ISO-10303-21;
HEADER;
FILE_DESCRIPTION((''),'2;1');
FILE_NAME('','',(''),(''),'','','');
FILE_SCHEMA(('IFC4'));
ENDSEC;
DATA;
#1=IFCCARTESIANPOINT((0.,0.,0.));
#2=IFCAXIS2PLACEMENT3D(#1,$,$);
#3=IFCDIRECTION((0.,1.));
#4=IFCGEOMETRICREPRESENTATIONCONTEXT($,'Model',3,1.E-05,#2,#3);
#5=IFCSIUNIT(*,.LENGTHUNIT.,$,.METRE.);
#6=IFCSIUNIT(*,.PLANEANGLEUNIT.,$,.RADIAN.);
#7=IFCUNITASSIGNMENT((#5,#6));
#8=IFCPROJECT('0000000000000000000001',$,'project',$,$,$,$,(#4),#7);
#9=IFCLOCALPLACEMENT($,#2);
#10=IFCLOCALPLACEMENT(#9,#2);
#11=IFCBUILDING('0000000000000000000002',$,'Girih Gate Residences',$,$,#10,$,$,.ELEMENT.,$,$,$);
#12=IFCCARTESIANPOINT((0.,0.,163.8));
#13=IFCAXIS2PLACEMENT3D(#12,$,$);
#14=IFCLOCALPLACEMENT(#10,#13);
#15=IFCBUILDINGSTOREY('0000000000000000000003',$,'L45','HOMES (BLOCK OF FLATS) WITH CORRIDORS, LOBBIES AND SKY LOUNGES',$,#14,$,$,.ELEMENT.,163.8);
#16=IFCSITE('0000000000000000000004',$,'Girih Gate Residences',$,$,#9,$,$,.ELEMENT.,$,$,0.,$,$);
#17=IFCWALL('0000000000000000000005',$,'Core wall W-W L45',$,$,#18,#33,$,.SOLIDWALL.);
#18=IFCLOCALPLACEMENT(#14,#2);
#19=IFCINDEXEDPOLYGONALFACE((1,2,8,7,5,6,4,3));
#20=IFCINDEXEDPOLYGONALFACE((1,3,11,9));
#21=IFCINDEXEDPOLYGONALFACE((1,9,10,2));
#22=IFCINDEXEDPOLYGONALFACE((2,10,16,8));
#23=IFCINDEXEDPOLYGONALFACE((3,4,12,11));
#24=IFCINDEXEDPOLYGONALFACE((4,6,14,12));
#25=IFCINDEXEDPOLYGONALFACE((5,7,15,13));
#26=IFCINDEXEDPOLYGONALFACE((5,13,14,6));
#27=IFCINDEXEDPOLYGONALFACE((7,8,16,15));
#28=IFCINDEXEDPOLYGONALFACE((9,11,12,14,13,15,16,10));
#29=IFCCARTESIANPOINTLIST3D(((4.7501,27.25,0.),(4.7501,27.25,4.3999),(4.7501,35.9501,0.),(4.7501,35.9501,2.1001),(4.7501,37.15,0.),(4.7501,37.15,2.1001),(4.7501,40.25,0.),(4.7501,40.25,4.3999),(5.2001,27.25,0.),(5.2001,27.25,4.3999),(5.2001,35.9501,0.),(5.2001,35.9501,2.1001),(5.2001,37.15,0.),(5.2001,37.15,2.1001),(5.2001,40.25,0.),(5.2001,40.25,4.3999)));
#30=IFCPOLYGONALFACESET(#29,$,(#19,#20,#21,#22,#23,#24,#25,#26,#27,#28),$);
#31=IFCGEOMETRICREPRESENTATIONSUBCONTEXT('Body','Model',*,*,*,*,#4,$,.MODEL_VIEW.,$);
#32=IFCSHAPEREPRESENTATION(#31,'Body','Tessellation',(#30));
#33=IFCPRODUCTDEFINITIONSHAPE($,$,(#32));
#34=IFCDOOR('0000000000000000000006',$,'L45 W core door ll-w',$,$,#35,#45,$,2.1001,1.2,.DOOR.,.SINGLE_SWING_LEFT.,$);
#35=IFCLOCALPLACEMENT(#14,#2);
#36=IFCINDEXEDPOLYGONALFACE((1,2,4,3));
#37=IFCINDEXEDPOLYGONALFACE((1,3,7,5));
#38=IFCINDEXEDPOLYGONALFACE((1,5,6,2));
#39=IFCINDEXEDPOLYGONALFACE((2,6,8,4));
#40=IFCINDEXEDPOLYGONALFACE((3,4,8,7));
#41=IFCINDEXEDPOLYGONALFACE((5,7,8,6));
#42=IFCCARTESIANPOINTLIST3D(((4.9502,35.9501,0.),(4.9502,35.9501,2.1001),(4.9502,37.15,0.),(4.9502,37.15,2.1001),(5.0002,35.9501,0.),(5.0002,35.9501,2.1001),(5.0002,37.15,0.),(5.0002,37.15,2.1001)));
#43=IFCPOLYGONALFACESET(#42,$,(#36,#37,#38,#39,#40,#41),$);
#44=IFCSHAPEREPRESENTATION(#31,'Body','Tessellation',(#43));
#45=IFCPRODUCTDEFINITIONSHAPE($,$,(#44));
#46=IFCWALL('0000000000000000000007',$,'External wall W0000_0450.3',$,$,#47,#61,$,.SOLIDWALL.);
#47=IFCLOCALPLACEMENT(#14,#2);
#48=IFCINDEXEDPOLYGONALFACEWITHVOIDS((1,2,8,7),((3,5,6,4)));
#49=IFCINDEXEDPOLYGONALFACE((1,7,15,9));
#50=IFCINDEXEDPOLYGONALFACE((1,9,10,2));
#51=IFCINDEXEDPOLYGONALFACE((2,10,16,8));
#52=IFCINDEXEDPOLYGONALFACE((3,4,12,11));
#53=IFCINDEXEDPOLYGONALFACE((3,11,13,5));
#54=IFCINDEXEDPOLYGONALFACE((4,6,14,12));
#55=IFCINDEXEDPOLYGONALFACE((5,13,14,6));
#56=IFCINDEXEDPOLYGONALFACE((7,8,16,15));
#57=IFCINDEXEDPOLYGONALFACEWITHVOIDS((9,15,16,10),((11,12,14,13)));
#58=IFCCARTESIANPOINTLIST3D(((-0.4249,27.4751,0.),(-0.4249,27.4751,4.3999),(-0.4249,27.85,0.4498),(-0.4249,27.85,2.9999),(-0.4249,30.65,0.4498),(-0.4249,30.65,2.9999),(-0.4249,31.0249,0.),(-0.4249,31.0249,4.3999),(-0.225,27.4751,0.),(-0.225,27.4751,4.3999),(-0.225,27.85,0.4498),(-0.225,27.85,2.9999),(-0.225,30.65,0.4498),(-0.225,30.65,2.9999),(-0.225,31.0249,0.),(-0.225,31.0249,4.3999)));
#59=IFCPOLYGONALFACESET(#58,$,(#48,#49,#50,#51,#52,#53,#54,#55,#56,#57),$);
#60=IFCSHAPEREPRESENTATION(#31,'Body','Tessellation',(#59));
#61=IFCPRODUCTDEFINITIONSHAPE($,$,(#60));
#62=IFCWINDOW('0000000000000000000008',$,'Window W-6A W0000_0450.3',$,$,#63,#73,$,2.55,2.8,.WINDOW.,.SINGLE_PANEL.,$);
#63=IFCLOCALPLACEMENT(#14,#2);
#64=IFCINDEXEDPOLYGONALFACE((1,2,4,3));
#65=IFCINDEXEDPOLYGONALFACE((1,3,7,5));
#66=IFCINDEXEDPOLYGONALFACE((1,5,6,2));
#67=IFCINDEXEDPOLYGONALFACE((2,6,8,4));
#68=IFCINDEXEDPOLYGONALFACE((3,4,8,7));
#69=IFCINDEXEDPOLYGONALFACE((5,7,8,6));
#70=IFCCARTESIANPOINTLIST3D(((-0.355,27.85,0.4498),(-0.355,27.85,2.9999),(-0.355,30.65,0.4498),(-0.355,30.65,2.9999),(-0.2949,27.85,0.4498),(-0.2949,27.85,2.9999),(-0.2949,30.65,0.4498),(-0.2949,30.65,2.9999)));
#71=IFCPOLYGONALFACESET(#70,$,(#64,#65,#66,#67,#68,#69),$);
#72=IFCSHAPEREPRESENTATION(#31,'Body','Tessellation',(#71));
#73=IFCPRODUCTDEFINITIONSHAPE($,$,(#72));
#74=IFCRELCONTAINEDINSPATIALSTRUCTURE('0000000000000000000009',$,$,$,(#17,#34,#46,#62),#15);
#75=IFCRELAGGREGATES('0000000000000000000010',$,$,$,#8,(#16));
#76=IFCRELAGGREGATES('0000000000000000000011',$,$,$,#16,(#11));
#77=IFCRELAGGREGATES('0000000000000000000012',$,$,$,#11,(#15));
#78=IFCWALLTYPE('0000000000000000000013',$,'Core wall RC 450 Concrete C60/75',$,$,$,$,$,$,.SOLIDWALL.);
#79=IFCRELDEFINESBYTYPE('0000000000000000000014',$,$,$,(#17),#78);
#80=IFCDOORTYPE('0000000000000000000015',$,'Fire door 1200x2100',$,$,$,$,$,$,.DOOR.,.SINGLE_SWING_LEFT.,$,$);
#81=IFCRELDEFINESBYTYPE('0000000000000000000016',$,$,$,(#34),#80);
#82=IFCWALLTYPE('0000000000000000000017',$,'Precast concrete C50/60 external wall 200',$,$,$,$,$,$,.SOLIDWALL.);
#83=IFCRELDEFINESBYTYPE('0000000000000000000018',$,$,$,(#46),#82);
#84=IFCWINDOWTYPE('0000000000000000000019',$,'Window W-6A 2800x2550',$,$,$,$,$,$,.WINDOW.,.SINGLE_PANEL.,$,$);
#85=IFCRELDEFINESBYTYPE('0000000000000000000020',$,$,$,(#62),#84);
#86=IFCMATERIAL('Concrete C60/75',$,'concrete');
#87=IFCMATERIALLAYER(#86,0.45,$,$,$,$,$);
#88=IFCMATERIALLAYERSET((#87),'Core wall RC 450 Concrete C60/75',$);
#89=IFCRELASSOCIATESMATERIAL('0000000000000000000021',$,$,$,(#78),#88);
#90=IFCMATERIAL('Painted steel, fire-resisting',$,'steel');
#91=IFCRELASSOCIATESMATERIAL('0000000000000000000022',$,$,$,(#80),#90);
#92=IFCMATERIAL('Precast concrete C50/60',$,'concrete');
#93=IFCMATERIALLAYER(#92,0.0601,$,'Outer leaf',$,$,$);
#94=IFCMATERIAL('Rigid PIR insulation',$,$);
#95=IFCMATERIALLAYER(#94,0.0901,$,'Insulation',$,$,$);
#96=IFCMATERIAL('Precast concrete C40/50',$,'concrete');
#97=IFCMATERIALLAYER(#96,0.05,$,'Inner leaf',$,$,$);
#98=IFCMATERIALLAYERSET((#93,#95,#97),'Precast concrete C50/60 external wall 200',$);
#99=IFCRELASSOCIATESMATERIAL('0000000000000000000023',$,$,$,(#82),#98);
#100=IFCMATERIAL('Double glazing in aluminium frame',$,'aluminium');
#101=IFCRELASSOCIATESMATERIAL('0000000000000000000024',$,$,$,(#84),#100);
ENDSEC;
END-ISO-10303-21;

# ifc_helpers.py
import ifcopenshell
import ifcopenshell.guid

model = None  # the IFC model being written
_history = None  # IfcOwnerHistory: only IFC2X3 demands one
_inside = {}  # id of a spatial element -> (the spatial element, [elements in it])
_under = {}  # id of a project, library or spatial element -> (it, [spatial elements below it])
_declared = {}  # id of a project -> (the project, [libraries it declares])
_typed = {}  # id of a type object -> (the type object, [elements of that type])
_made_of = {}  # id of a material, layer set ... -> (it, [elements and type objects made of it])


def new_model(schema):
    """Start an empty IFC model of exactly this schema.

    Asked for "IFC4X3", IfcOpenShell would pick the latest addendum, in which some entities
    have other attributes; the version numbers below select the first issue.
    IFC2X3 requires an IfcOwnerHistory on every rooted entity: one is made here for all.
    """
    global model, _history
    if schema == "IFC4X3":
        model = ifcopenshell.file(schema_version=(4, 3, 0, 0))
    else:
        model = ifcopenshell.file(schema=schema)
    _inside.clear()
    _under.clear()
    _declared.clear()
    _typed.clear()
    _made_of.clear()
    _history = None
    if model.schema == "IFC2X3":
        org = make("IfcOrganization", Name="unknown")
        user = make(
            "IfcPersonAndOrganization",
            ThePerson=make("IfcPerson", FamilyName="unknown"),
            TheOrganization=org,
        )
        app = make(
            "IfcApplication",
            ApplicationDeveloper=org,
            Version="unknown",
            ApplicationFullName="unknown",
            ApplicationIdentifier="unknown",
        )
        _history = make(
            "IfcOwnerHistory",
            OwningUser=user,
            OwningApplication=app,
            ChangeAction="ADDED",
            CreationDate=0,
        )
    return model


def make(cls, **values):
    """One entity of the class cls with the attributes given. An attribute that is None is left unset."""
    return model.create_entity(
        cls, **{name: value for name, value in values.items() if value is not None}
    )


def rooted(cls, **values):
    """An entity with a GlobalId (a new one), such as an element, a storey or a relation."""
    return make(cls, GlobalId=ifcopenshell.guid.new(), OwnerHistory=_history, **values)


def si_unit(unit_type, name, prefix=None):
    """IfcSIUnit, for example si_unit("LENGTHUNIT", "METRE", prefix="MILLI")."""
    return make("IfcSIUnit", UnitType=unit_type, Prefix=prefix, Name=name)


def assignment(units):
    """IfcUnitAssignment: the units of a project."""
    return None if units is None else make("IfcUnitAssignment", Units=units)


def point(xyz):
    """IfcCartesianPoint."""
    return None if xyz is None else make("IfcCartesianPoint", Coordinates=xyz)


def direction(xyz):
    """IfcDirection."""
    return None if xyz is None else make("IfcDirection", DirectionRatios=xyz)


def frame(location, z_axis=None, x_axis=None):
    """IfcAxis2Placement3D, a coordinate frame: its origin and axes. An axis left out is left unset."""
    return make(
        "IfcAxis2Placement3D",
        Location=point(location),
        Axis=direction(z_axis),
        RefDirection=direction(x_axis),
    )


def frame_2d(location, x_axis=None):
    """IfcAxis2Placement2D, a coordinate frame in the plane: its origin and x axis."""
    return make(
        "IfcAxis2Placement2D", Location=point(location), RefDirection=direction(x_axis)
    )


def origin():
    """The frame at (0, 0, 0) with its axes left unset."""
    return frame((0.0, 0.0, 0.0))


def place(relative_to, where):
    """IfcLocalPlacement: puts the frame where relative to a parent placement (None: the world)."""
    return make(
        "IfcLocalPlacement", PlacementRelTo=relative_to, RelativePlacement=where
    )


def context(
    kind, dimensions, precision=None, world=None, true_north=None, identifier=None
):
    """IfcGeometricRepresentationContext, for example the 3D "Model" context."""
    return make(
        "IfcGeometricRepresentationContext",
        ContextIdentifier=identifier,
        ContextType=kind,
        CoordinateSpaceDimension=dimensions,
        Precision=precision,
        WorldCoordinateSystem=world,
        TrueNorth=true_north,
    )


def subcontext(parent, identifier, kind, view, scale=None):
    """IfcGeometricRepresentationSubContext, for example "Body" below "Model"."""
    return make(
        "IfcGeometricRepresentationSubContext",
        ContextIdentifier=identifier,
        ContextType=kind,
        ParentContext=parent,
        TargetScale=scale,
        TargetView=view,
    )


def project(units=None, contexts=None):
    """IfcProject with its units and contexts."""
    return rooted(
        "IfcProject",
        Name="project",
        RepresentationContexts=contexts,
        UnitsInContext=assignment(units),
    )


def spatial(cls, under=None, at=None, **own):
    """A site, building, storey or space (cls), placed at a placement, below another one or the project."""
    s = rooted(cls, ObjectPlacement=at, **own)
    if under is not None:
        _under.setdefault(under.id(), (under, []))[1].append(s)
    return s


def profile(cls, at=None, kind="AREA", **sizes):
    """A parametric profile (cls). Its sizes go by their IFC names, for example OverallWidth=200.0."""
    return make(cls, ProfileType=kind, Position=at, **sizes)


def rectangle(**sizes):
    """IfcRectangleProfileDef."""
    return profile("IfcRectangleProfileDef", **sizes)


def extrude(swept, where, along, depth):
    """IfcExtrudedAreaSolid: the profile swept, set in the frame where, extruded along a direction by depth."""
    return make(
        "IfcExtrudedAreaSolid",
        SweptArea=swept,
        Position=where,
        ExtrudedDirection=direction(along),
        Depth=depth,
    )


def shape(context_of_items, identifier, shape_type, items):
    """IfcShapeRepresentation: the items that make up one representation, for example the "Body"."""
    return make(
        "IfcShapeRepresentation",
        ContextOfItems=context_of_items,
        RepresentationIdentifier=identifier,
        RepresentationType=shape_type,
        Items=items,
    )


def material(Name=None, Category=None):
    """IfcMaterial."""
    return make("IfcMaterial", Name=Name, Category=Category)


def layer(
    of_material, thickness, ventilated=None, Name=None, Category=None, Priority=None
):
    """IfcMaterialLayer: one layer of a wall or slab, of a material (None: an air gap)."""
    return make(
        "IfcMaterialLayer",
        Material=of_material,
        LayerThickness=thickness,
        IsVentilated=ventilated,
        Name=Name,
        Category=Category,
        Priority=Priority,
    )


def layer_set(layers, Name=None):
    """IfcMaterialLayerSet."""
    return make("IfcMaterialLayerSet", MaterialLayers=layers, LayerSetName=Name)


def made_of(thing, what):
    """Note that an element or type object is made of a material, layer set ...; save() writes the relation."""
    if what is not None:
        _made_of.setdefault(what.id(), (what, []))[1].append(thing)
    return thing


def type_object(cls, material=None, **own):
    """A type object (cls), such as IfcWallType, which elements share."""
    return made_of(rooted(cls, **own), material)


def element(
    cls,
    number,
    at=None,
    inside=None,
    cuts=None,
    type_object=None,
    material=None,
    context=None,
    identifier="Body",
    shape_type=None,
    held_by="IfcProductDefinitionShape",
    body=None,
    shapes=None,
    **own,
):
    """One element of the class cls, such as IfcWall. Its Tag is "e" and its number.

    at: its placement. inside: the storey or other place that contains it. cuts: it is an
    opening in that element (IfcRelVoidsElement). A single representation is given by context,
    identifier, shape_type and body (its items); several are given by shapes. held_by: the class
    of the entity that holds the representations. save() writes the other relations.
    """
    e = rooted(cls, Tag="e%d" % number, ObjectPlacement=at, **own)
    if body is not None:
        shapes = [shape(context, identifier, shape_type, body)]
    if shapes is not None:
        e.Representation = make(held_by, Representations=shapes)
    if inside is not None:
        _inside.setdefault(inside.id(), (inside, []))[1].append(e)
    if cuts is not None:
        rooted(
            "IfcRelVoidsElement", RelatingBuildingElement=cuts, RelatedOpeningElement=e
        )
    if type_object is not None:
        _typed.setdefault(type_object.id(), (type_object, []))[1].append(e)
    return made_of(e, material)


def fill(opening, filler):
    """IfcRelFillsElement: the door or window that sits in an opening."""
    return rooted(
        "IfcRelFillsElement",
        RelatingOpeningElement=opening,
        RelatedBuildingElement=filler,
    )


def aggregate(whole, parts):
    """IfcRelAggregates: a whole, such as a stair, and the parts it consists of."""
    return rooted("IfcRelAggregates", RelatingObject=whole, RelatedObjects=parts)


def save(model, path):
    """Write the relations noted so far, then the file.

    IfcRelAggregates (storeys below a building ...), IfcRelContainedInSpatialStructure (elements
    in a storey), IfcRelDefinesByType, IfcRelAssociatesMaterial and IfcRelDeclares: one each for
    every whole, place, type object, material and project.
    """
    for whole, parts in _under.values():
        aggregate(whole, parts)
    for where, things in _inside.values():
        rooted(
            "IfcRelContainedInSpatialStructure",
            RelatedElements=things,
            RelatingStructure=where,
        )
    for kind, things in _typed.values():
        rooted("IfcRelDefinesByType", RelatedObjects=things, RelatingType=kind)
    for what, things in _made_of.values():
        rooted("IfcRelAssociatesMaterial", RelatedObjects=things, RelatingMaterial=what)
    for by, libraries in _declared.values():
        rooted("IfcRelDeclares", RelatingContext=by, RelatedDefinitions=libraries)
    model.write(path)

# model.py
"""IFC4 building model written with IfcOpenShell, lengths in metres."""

from ifc_helpers import new_model, si_unit, direction, frame, frame_2d, origin, place, context, subcontext, project, spatial, rectangle, extrude, material, layer, layer_set, type_object, element, fill, save


model = new_model("IFC4")

# Units and contexts
model_context = context("Model", 3, precision=1e-05, world=origin(), true_north=direction((0.0, 1.0)))
body_context = subcontext(model_context, "Body", "Model", "MODEL_VIEW")
ifc_project = project(units=[si_unit("LENGTHUNIT", "METRE"), si_unit("PLANEANGLEUNIT", "RADIAN")], contexts=[model_context])

# Site, building, storey
site_placement = place(None, origin())
site = spatial("IfcSite", under=ifc_project, at=site_placement, Name="Girih Gate Residences", CompositionType="ELEMENT", RefElevation=0.0)
building_placement = place(site_placement, origin())
building = spatial("IfcBuilding", under=site, at=building_placement, Name="Girih Gate Residences", CompositionType="ELEMENT")
storey_placement = place(building_placement, frame((0.0, 0.0, 163.8)))
storey = spatial("IfcBuildingStorey", under=building, at=storey_placement, Name="L45", Description="HOMES (BLOCK OF FLATS) WITH CORRIDORS, LOBBIES AND SKY LOUNGES", CompositionType="ELEMENT", Elevation=163.8)

# Shared definitions
ifc_material_1 = material(Name="Concrete C60/75", Category="concrete")

# Shared definitions
ifc_layer_1 = layer(ifc_material_1, 0.45)
ifc_layer_set_1 = layer_set([ifc_layer_1], Name="Core wall RC 450 Concrete C60/75")
wall_type_1 = type_object("IfcWallType", Name="Core wall RC 450 Concrete C60/75", PredefinedType="SOLIDWALL", material=ifc_layer_set_1)
ifc_material_2 = material(Name="Painted steel, fire-resisting", Category="steel")

# Wall, opening, door
wall_1_placement = place(storey_placement, frame((4.9751, 27.25, 0.0), z_axis=(0.0, 0.0, 1.0), x_axis=(0.0, 1.0, 0.0)))
wall_1 = element("IfcWall", 1, at=wall_1_placement, inside=storey, type_object=wall_type_1, Name="Core wall W-W L45", PredefinedType="SOLIDWALL", context=body_context, shape_type="SweptSolid", body=[
    extrude(rectangle(XDim=13.0, YDim=0.45, at=frame_2d((6.5, 0.0))), origin(), (0.0, 0.0, 1.0), 4.3999),
])
opening_1_placement = place(wall_1_placement, frame((8.7, 0.0, 0.0)))
opening_1 = element("IfcOpeningElement", 2, at=opening_1_placement, cuts=wall_1, PredefinedType="OPENING", context=body_context, shape_type="SweptSolid", body=[
    extrude(rectangle(XDim=1.2, YDim=2.1001, at=frame_2d((0.6001, 1.05))), frame((0.0, 0.2349, 0.0), z_axis=(0.0, -1.0, 0.0), x_axis=(1.0, 0.0, 0.0)), (0.0, 0.0, 1.0), 0.47),
])
door_type_1 = type_object("IfcDoorType", Name="Fire door 1200x2100", OperationType="SINGLE_SWING_LEFT", PredefinedType="DOOR", material=ifc_material_2)
door_1_placement = place(opening_1_placement, origin())
door_1 = element("IfcDoor", 3, at=door_1_placement, inside=storey, type_object=door_type_1, Name="L45 W core door ll-w", OperationType="SINGLE_SWING_LEFT", OverallHeight=2.1001, OverallWidth=1.2, PredefinedType="DOOR", context=body_context, shape_type="SweptSolid", body=[
    extrude(rectangle(XDim=1.2, YDim=2.1001, at=frame_2d((0.6001, 1.05))), frame((0.0, 0.0249, 0.0), z_axis=(0.0, -1.0, 0.0), x_axis=(1.0, 0.0, 0.0)), (0.0, 0.0, 1.0), 0.05),
])
fill(opening_1, door_1)

# Wall, opening, window
ifc_material_3 = material(Name="Precast concrete C50/60", Category="concrete")
ifc_layer_2 = layer(ifc_material_3, 0.0601, Name="Outer leaf")
ifc_material_4 = material(Name="Rigid PIR insulation")
ifc_layer_3 = layer(ifc_material_4, 0.0901, Name="Insulation")
ifc_material_5 = material(Name="Precast concrete C40/50", Category="concrete")
ifc_layer_4 = layer(ifc_material_5, 0.05, Name="Inner leaf")
ifc_layer_set_2 = layer_set([ifc_layer_2, ifc_layer_3, ifc_layer_4], Name="Precast concrete C50/60 external wall 200")
wall_type_2 = type_object("IfcWallType", Name="Precast concrete C50/60 external wall 200", PredefinedType="SOLIDWALL", material=ifc_layer_set_2)
wall_2_placement = place(storey_placement, frame((-0.325, 27.4751, 0.0), z_axis=(0.0, 0.0, 1.0), x_axis=(0.0, 1.0, 0.0)))
wall_2 = element("IfcWall", 4, at=wall_2_placement, inside=storey, type_object=wall_type_2, Name="External wall W0000_0450.3", PredefinedType="SOLIDWALL", context=body_context, shape_type="SweptSolid", body=[
    extrude(rectangle(XDim=3.5498, YDim=0.2, at=frame_2d((1.7749, 0.0))), origin(), (0.0, 0.0, 1.0), 4.3999),
])
opening_2_placement = place(wall_2_placement, frame((0.375, 0.0, 0.45)))
opening_2 = element("IfcOpeningElement", 5, at=opening_2_placement, cuts=wall_2, PredefinedType="OPENING", context=body_context, shape_type="SweptSolid", body=[
    extrude(rectangle(XDim=2.8, YDim=2.55, at=frame_2d((1.3999, 1.2749))), frame((0.0, 0.1099, 0.0), z_axis=(0.0, -1.0, 0.0), x_axis=(1.0, 0.0, 0.0)), (0.0, 0.0, 1.0), 0.22),
])
ifc_material_6 = material(Name="Double glazing in aluminium frame", Category="aluminium")
window_type = type_object("IfcWindowType", Name="Window W-6A 2800x2550", PartitioningType="SINGLE_PANEL", PredefinedType="WINDOW", material=ifc_material_6)
window_placement = place(opening_2_placement, origin())
window = element("IfcWindow", 6, at=window_placement, inside=storey, type_object=window_type, Name="Window W-6A W0000_0450.3", OverallHeight=2.55, OverallWidth=2.8, PartitioningType="SINGLE_PANEL", PredefinedType="WINDOW", context=body_context, shape_type="SweptSolid", body=[
    extrude(rectangle(XDim=2.8, YDim=2.55, at=frame_2d((1.3999, 1.2749))), frame((0.0, 0.03, 0.0), z_axis=(0.0, -1.0, 0.0), x_axis=(1.0, 0.0, 0.0)), (0.0, 0.0, 1.0), 0.0601),
])
fill(opening_2, window)

save(model, "model.ifc")
